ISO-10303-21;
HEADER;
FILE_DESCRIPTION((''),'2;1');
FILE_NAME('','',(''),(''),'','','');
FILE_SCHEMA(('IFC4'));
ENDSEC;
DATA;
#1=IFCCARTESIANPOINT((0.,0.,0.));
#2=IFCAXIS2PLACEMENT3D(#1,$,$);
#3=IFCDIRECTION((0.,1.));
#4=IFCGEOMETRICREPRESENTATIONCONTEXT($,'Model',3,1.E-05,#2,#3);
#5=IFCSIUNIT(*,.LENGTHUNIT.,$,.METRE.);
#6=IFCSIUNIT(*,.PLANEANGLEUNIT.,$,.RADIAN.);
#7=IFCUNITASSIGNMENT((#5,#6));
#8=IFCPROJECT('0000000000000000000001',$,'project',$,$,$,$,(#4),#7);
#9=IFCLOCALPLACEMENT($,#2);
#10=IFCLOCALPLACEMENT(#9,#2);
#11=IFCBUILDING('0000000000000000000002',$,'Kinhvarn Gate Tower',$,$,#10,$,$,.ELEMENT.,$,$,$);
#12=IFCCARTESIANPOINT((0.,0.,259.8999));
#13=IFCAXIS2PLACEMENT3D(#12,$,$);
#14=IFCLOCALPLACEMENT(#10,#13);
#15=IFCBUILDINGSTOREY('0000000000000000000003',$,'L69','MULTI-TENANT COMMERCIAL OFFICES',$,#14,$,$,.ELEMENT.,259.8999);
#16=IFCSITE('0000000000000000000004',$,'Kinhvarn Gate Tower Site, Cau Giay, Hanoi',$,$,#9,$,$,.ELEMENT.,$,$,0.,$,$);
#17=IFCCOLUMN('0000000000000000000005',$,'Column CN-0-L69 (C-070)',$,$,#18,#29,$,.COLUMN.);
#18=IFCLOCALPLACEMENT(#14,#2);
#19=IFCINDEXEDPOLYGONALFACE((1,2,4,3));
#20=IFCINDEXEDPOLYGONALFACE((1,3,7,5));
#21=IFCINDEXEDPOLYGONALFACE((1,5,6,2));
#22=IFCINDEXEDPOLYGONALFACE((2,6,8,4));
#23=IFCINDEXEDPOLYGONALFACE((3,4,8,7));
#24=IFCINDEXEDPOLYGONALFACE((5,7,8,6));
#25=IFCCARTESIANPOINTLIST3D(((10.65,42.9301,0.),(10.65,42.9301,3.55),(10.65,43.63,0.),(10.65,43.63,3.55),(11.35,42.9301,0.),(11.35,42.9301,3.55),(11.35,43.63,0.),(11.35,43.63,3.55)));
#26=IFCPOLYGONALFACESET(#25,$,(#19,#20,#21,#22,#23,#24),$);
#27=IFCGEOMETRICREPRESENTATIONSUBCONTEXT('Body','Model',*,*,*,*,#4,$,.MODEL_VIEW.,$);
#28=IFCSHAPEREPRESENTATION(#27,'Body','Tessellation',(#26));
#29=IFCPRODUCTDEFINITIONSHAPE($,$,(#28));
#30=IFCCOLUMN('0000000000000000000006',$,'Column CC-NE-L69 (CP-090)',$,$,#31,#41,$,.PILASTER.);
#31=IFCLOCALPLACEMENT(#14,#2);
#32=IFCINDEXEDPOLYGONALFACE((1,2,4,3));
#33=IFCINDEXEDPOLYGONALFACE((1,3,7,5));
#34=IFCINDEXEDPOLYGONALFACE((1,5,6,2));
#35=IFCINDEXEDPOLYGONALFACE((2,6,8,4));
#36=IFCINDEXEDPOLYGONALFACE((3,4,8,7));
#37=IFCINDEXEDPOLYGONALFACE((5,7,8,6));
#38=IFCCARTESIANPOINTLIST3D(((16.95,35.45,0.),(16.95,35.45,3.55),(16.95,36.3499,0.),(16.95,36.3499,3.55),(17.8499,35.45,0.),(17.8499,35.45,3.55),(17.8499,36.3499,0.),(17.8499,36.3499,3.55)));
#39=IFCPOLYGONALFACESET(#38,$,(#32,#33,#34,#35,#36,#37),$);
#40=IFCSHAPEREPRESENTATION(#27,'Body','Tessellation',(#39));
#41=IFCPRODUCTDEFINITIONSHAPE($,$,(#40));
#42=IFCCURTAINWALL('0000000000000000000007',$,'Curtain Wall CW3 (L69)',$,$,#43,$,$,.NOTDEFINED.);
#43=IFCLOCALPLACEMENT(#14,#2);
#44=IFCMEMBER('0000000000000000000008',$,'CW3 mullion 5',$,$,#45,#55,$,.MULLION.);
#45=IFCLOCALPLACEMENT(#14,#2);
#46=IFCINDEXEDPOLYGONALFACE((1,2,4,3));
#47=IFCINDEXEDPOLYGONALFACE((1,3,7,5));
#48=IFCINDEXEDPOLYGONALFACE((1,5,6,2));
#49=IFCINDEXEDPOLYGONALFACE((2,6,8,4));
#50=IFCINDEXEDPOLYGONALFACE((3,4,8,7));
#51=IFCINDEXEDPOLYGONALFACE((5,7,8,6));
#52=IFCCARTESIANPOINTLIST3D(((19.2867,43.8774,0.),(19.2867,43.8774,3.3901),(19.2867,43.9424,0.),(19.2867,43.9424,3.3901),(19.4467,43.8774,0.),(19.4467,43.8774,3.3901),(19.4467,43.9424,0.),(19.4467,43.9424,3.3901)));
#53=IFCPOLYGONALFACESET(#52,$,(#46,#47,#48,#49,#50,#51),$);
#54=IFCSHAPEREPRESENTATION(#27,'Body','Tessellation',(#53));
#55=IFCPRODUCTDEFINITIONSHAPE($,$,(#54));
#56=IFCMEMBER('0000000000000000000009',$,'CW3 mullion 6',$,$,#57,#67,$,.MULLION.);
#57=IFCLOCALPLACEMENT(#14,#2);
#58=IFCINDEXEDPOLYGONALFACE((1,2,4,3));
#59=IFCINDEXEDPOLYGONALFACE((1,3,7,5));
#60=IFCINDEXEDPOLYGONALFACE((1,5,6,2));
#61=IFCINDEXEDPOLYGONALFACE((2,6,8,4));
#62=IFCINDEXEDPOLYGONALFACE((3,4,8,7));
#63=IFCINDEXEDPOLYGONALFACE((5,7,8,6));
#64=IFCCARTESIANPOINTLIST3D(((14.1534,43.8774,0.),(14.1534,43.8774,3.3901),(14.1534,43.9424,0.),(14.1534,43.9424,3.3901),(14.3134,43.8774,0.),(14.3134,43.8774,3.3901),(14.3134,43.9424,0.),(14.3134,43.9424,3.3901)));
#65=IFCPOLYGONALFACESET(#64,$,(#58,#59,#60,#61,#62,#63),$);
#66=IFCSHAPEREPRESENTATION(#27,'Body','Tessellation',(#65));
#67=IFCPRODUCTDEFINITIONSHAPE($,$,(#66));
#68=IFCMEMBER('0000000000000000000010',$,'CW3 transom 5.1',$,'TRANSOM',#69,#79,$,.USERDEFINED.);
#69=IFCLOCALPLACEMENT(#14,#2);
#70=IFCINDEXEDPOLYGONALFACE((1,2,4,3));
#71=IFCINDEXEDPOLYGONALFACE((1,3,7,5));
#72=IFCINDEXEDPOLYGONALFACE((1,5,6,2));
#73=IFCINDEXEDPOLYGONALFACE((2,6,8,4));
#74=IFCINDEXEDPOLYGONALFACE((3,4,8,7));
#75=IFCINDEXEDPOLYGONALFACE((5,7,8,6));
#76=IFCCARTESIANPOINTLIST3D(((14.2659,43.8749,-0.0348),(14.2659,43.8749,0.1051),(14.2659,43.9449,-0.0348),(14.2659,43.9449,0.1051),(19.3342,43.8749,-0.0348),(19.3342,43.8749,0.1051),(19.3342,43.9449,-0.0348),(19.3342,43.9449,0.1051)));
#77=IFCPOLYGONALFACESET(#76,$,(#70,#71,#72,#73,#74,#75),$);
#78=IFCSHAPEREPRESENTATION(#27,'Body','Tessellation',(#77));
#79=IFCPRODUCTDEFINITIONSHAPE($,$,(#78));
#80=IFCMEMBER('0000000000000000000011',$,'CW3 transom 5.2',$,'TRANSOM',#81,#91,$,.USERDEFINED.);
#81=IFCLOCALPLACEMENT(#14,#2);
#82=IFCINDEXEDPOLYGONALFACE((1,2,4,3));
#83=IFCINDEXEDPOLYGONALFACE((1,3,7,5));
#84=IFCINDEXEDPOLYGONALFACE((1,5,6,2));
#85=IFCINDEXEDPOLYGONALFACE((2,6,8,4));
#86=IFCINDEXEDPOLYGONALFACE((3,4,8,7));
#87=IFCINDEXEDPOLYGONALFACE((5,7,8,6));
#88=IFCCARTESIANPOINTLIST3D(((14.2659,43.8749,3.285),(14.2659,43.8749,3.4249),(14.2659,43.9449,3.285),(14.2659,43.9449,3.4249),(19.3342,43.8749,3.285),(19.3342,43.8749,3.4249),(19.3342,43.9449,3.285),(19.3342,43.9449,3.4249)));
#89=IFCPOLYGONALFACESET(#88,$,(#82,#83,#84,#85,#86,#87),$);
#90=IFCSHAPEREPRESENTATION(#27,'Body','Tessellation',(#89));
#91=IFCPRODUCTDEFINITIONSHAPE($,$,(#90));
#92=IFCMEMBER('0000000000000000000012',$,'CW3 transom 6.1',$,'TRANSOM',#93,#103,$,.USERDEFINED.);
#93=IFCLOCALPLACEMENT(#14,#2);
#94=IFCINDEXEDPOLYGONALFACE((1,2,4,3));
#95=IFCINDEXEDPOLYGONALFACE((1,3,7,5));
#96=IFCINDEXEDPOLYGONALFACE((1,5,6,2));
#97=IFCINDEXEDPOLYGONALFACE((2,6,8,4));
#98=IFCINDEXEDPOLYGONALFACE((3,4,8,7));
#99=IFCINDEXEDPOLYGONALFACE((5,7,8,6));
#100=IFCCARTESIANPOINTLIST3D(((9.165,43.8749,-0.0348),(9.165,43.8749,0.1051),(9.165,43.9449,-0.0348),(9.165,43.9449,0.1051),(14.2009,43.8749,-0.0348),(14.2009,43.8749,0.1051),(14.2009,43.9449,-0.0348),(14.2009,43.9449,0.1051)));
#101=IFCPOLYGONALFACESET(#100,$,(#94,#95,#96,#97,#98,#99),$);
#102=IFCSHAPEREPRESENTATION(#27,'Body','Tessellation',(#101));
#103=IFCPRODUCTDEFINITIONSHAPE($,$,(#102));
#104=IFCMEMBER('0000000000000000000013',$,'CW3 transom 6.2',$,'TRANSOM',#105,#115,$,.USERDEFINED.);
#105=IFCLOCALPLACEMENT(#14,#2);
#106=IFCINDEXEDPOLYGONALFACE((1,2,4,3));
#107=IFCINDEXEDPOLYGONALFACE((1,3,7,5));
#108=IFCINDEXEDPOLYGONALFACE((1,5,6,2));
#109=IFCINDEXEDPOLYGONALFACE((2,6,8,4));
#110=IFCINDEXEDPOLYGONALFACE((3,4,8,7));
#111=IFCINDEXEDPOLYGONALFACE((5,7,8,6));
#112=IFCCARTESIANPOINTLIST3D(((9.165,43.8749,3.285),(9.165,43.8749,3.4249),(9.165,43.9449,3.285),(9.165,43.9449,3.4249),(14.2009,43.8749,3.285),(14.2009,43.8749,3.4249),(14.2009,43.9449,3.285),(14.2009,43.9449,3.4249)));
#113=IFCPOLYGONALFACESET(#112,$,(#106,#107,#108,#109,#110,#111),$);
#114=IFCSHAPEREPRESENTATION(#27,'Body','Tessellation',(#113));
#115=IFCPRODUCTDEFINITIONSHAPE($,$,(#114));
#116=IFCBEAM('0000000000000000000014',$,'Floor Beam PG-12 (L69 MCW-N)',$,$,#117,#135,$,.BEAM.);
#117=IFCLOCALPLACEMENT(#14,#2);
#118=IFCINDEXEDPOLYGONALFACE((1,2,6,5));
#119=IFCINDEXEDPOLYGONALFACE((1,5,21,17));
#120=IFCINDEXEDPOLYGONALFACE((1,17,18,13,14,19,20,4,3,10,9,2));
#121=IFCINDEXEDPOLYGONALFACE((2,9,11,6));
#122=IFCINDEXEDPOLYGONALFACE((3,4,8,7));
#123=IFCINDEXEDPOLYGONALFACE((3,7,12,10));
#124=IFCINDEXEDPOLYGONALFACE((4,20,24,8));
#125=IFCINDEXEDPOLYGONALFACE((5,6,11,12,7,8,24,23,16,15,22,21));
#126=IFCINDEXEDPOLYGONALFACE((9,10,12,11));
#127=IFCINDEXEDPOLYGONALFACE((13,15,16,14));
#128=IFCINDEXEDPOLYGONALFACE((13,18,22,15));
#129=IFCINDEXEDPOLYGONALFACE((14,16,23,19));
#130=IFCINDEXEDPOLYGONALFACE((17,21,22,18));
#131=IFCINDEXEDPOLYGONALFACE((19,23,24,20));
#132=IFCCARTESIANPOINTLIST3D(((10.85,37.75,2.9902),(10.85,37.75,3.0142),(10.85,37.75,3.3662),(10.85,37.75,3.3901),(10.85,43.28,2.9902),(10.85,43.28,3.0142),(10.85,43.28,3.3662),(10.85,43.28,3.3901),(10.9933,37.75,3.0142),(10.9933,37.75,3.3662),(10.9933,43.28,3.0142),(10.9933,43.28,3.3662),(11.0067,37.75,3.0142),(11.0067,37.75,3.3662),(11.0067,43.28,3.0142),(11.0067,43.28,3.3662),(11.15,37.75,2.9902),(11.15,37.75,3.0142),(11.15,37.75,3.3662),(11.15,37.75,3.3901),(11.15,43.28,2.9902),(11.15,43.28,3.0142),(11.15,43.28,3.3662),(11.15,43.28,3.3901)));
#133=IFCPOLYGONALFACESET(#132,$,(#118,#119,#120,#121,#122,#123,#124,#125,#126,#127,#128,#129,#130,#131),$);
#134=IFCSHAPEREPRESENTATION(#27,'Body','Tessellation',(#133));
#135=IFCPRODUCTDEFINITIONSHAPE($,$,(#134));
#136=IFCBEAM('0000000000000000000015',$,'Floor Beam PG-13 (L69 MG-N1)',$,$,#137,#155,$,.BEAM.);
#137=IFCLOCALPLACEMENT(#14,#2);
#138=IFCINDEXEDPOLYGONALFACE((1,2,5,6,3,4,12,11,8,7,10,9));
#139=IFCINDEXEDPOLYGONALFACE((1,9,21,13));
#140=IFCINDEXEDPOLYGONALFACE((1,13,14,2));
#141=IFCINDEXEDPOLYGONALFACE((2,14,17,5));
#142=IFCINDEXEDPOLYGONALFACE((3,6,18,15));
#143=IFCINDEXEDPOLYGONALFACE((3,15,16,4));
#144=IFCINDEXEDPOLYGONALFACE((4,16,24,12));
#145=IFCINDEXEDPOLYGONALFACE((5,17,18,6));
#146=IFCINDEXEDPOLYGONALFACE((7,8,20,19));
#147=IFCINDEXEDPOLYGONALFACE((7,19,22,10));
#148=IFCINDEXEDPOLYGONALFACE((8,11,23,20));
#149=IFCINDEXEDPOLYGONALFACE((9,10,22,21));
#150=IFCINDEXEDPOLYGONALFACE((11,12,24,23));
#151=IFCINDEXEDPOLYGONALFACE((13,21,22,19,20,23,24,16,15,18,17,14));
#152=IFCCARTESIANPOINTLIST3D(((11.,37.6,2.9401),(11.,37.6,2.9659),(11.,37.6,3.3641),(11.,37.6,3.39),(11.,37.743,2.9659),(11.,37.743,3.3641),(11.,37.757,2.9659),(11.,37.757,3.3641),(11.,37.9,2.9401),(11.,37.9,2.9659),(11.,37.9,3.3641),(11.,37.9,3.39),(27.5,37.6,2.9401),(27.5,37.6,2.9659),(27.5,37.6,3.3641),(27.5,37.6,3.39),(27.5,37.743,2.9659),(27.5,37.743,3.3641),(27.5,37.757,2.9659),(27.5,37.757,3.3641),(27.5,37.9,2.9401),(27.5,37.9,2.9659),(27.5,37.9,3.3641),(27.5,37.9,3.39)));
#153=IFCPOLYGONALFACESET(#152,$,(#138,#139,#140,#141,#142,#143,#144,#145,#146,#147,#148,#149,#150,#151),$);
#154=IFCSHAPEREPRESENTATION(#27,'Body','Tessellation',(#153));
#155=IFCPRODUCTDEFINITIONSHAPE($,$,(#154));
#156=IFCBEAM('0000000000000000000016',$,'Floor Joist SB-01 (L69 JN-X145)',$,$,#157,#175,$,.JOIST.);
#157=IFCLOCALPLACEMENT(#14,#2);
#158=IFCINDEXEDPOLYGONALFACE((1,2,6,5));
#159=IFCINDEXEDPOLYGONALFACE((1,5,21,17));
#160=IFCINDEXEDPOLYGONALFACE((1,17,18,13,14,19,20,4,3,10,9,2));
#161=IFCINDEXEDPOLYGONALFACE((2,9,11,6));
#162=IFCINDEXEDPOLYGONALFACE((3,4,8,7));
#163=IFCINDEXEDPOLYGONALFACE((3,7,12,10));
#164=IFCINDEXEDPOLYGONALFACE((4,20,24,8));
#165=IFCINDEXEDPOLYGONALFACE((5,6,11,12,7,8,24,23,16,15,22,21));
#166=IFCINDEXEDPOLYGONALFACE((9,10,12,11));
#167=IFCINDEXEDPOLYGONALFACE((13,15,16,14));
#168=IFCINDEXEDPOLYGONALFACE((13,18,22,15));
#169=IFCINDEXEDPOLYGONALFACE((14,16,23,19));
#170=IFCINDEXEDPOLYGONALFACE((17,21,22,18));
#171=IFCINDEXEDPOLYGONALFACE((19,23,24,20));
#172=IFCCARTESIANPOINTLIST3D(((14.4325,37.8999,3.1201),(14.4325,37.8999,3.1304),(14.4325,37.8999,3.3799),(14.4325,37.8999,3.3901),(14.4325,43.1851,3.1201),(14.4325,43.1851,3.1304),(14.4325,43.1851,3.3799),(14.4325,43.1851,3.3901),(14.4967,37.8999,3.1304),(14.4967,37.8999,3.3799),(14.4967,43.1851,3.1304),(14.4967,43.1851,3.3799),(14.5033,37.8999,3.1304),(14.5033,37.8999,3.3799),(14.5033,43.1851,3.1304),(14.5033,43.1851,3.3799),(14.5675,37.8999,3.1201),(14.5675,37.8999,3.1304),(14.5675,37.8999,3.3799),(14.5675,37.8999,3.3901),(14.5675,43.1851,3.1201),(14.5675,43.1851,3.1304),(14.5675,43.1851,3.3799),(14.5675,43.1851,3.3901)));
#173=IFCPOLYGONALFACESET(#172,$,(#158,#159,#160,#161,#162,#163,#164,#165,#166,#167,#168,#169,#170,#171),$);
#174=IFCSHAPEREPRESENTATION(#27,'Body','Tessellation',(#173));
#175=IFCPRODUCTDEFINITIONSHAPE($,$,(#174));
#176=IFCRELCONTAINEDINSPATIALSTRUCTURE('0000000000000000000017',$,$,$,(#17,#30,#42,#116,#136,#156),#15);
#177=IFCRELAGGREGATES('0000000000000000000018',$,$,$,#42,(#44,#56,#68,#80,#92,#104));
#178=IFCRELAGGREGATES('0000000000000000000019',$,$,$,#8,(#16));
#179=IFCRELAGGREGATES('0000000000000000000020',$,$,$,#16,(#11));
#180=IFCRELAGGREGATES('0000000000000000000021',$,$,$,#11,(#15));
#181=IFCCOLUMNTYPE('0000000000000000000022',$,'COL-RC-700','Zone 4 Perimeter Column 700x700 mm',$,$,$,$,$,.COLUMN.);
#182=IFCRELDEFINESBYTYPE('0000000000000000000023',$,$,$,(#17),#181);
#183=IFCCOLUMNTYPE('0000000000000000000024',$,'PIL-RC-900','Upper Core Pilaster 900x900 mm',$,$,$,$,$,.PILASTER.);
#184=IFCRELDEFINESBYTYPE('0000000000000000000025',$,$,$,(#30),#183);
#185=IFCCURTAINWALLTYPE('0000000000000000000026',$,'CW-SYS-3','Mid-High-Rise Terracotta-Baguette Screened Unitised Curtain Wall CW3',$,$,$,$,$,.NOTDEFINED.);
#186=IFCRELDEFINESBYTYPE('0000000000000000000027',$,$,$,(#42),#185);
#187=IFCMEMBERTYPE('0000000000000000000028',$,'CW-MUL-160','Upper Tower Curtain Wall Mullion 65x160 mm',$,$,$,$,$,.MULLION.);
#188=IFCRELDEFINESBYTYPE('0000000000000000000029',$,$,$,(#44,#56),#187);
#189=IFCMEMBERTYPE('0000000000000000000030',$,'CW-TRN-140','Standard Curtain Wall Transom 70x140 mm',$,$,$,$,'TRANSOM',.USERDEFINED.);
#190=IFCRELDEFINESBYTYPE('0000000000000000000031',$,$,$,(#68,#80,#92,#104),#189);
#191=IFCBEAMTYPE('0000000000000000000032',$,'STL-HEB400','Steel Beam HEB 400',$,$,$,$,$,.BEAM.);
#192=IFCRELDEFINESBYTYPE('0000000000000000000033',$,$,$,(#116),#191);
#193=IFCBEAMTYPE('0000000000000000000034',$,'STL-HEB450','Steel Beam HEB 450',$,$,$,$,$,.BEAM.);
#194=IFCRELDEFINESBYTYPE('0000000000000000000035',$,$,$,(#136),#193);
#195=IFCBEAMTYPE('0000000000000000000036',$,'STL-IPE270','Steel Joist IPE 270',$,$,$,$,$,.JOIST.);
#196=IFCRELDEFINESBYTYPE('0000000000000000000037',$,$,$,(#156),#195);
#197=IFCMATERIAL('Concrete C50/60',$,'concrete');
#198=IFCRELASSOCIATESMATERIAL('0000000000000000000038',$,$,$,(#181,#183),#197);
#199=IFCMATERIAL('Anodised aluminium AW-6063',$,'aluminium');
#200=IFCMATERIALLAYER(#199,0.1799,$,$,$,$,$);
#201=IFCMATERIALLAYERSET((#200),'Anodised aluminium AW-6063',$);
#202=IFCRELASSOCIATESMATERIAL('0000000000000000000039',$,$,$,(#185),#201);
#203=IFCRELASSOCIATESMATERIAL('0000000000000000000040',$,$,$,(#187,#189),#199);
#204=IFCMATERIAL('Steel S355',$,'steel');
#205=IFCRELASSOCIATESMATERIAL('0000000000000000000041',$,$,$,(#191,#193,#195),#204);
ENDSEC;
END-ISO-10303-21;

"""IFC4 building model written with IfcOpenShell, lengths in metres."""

from ifc_helpers import new_model, si_unit, direction, frame, origin, origin_2d, place, context, subcontext, project, spatial, rectangle, i_section, extrude, material, layer, layer_set, material_profile, profile_set, type_object, element, aggregate, save


model = new_model("IFC4")

# Units and contexts
model_context = context("Model", 3, precision=1e-05, world=origin(), true_north=direction((0.0, 1.0)))
body_context = subcontext(model_context, "Body", "Model", "MODEL_VIEW")
ifc_project = project(units=[si_unit("LENGTHUNIT", "METRE"), si_unit("PLANEANGLEUNIT", "RADIAN")], contexts=[model_context])

# Site, building, storey
site_placement = place(None, origin())
site = spatial("IfcSite", under=ifc_project, at=site_placement, Name="Kinhvarn Gate Tower Site, Cau Giay, Hanoi", CompositionType="ELEMENT", RefElevation=0.0)
building_placement = place(site_placement, origin())
building = spatial("IfcBuilding", under=site, at=building_placement, Name="Kinhvarn Gate Tower", CompositionType="ELEMENT")
storey_placement = place(building_placement, frame((0.0, 0.0, 259.8999)))
storey = spatial("IfcBuildingStorey", under=building, at=storey_placement, Name="L69", Description="MULTI-TENANT COMMERCIAL OFFICES", CompositionType="ELEMENT", Elevation=259.8999)

# Columns
ifc_material_1 = material(Name="Concrete C50/60", Category="concrete")
ifc_material_profile_1 = material_profile(ifc_material_1, rectangle(XDim=0.7, YDim=0.7, at=origin_2d()), Name="RC 700x700")
ifc_profile_set_1 = profile_set([ifc_material_profile_1], Name="Concrete C50/60")
column_type_1 = type_object("IfcColumnType", Name="COL-RC-700", Description="Zone 4 Perimeter Column 700x700 mm", PredefinedType="COLUMN", material=ifc_profile_set_1)
column_1_placement = place(storey_placement, frame((11.0, 43.28, 0.0), z_axis=(0.0, 0.0, 1.0), x_axis=(1.0, 0.0, 0.0)))
element("IfcColumn", 1, at=column_1_placement, inside=storey, type_object=column_type_1, Name="Column CN-0-L69 (C-070)", PredefinedType="COLUMN", context=body_context, shape_type="SweptSolid", body=[
    extrude(rectangle(XDim=0.7, YDim=0.7, at=origin_2d()), origin(), (0.0, 0.0, 1.0), 3.55),
])
ifc_material_profile_2 = material_profile(ifc_material_1, rectangle(XDim=0.8999, YDim=0.8999, at=origin_2d()), Name="RC 900x900")
ifc_profile_set_2 = profile_set([ifc_material_profile_2], Name="Concrete C50/60")
column_type_2 = type_object("IfcColumnType", Name="PIL-RC-900", Description="Upper Core Pilaster 900x900 mm", PredefinedType="PILASTER", material=ifc_profile_set_2)
column_2_placement = place(storey_placement, frame((17.3999, 35.8999, 0.0), z_axis=(0.0, 0.0, 1.0), x_axis=(1.0, 0.0, 0.0)))
element("IfcColumn", 2, at=column_2_placement, inside=storey, type_object=column_type_2, Name="Column CC-NE-L69 (CP-090)", PredefinedType="PILASTER", context=body_context, shape_type="SweptSolid", body=[
    extrude(rectangle(XDim=0.8999, YDim=0.8999, at=origin_2d()), origin(), (0.0, 0.0, 1.0), 3.55),
])

# Curtain wall, members
ifc_material_2 = material(Name="Anodised aluminium AW-6063", Category="aluminium")
ifc_layer_1 = layer(ifc_material_2, 0.1799)
ifc_layer_set_1 = layer_set([ifc_layer_1], Name="Anodised aluminium AW-6063")
curtain_wall_type = type_object("IfcCurtainWallType", Name="CW-SYS-3", Description="Mid-High-Rise Terracotta-Baguette Screened Unitised Curtain Wall CW3", PredefinedType="NOTDEFINED", material=ifc_layer_set_1)
curtain_wall_placement = place(storey_placement, origin())
curtain_wall = element("IfcCurtainWall", 3, at=curtain_wall_placement, inside=storey, type_object=curtain_wall_type, Name="Curtain Wall CW3 (L69)", PredefinedType="NOTDEFINED")
ifc_material_profile_3 = material_profile(ifc_material_2, rectangle(XDim=0.0649, YDim=0.1599, at=origin_2d()), Name="ALU 65x160")
ifc_profile_set_3 = profile_set([ifc_material_profile_3], Name="Anodised aluminium AW-6063")
member_type_1 = type_object("IfcMemberType", Name="CW-MUL-160", Description="Upper Tower Curtain Wall Mullion 65x160 mm", PredefinedType="MULLION", material=ifc_profile_set_3)
member_1_placement = place(storey_placement, frame((19.3667, 43.9099, 0.0), z_axis=(0.0, 0.0, 1.0), x_axis=(0.0, -1.0, 0.0)))
member_1 = element("IfcMember", 4, at=member_1_placement, type_object=member_type_1, Name="CW3 mullion 5", PredefinedType="MULLION", context=body_context, shape_type="SweptSolid", body=[
    extrude(rectangle(XDim=0.0649, YDim=0.1599, at=origin_2d()), origin(), (0.0, 0.0, 1.0), 3.3901),
])
member_2_placement = place(storey_placement, frame((14.2334, 43.9099, 0.0), z_axis=(0.0, 0.0, 1.0), x_axis=(0.0, -1.0, 0.0)))
member_2 = element("IfcMember", 5, at=member_2_placement, type_object=member_type_1, Name="CW3 mullion 6", PredefinedType="MULLION", context=body_context, shape_type="SweptSolid", body=[
    extrude(rectangle(XDim=0.0649, YDim=0.1599, at=origin_2d()), origin(), (0.0, 0.0, 1.0), 3.3901),
])
ifc_material_profile_4 = material_profile(ifc_material_2, rectangle(XDim=0.0701, YDim=0.1399, at=origin_2d()), Name="ALU 70x140")
ifc_profile_set_4 = profile_set([ifc_material_profile_4], Name="Anodised aluminium AW-6063")
member_type_2 = type_object("IfcMemberType", Name="CW-TRN-140", Description="Standard Curtain Wall Transom 70x140 mm", ElementType="TRANSOM", PredefinedType="USERDEFINED", material=ifc_profile_set_4)
member_3_placement = place(storey_placement, frame((19.3342, 43.9099, 0.0352), z_axis=(-1.0, 0.0, 0.0), x_axis=(0.0, -1.0, 0.0)))
member_3 = element("IfcMember", 6, at=member_3_placement, type_object=member_type_2, Name="CW3 transom 5.1", ObjectType="TRANSOM", PredefinedType="USERDEFINED", context=body_context, shape_type="SweptSolid", body=[
    extrude(rectangle(XDim=0.0701, YDim=0.1399, at=origin_2d()), origin(), (0.0, 0.0, 1.0), 5.0684),
])
member_4_placement = place(storey_placement, frame((19.3342, 43.9099, 3.355), z_axis=(-1.0, 0.0, 0.0), x_axis=(0.0, -1.0, 0.0)))
member_4 = element("IfcMember", 7, at=member_4_placement, type_object=member_type_2, Name="CW3 transom 5.2", ObjectType="TRANSOM", PredefinedType="USERDEFINED", context=body_context, shape_type="SweptSolid", body=[
    extrude(rectangle(XDim=0.0701, YDim=0.1399, at=origin_2d()), origin(), (0.0, 0.0, 1.0), 5.0684),
])
member_5_placement = place(storey_placement, frame((14.2009, 43.9099, 0.0352), z_axis=(-1.0, 0.0, 0.0), x_axis=(0.0, -1.0, 0.0)))
member_5 = element("IfcMember", 8, at=member_5_placement, type_object=member_type_2, Name="CW3 transom 6.1", ObjectType="TRANSOM", PredefinedType="USERDEFINED", context=body_context, shape_type="SweptSolid", body=[
    extrude(rectangle(XDim=0.0701, YDim=0.1399, at=origin_2d()), origin(), (0.0, 0.0, 1.0), 5.0359),
])
member_6_placement = place(storey_placement, frame((14.2009, 43.9099, 3.355), z_axis=(-1.0, 0.0, 0.0), x_axis=(0.0, -1.0, 0.0)))
member_6 = element("IfcMember", 9, at=member_6_placement, type_object=member_type_2, Name="CW3 transom 6.2", ObjectType="TRANSOM", PredefinedType="USERDEFINED", context=body_context, shape_type="SweptSolid", body=[
    extrude(rectangle(XDim=0.0701, YDim=0.1399, at=origin_2d()), origin(), (0.0, 0.0, 1.0), 5.0359),
])

# Beams
ifc_material_3 = material(Name="Steel S355", Category="steel")
ifc_material_profile_5 = material_profile(ifc_material_3, i_section(OverallWidth=0.3, OverallDepth=0.3999, WebThickness=0.0134, FlangeThickness=0.0239, at=origin_2d()), Name="HEB 400")
ifc_profile_set_5 = profile_set([ifc_material_profile_5], Name="Steel S355")
beam_type_1 = type_object("IfcBeamType", Name="STL-HEB400", Description="Steel Beam HEB 400", PredefinedType="BEAM", material=ifc_profile_set_5)
beam_1_placement = place(storey_placement, frame((11.0, 37.75, 3.1902), z_axis=(0.0, 1.0, 0.0), x_axis=(-1.0, 0.0, 0.0)))
element("IfcBeam", 10, at=beam_1_placement, inside=storey, type_object=beam_type_1, Name="Floor Beam PG-12 (L69 MCW-N)", PredefinedType="BEAM", context=body_context, shape_type="SweptSolid", body=[
    extrude(i_section(OverallWidth=0.3, OverallDepth=0.3999, WebThickness=0.0134, FlangeThickness=0.0239, at=origin_2d()), origin(), (0.0, 0.0, 1.0), 5.53),
])
ifc_material_profile_6 = material_profile(ifc_material_3, i_section(OverallWidth=0.3, OverallDepth=0.45, WebThickness=0.0139, FlangeThickness=0.0259, at=origin_2d()), Name="HEB 450")
ifc_profile_set_6 = profile_set([ifc_material_profile_6], Name="Steel S355")
beam_type_2 = type_object("IfcBeamType", Name="STL-HEB450", Description="Steel Beam HEB 450", PredefinedType="BEAM", material=ifc_profile_set_6)
beam_2_placement = place(storey_placement, frame((11.0, 37.75, 3.165), z_axis=(1.0, 0.0, 0.0), x_axis=(0.0, 1.0, 0.0)))
element("IfcBeam", 11, at=beam_2_placement, inside=storey, type_object=beam_type_2, Name="Floor Beam PG-13 (L69 MG-N1)", PredefinedType="BEAM", context=body_context, shape_type="SweptSolid", body=[
    extrude(i_section(OverallWidth=0.3, OverallDepth=0.45, WebThickness=0.0139, FlangeThickness=0.0259, at=origin_2d()), origin(), (0.0, 0.0, 1.0), 16.5),
])
ifc_material_profile_7 = material_profile(ifc_material_3, i_section(OverallWidth=0.135, OverallDepth=0.27, WebThickness=0.0066, FlangeThickness=0.0103, at=origin_2d()), Name="IPE 270")
ifc_profile_set_7 = profile_set([ifc_material_profile_7], Name="Steel S355")
beam_type_3 = type_object("IfcBeamType", Name="STL-IPE270", Description="Steel Joist IPE 270", PredefinedType="JOIST", material=ifc_profile_set_7)
for number, where, z_axis, x_axis, name in (
    (12, (14.5, 37.8999, 3.2551), (0.0, 1.0, 0.0), (-1.0, 0.0, 0.0), "Floor Joist SB-01 (L69 JN-X145)"),
):
    element("IfcBeam", number, at=place(storey_placement, frame(where, z_axis=z_axis, x_axis=x_axis)), inside=storey, type_object=beam_type_3, Name=name, PredefinedType="JOIST", context=body_context, shape_type="SweptSolid", body=[
        extrude(i_section(OverallWidth=0.135, OverallDepth=0.27, WebThickness=0.0066, FlangeThickness=0.0103, at=origin_2d()), origin(), (0.0, 0.0, 1.0), 5.2852),
    ])

aggregate(curtain_wall, [member_1, member_2, member_3, member_4, member_5, member_6])

save(model, "model.ifc")
